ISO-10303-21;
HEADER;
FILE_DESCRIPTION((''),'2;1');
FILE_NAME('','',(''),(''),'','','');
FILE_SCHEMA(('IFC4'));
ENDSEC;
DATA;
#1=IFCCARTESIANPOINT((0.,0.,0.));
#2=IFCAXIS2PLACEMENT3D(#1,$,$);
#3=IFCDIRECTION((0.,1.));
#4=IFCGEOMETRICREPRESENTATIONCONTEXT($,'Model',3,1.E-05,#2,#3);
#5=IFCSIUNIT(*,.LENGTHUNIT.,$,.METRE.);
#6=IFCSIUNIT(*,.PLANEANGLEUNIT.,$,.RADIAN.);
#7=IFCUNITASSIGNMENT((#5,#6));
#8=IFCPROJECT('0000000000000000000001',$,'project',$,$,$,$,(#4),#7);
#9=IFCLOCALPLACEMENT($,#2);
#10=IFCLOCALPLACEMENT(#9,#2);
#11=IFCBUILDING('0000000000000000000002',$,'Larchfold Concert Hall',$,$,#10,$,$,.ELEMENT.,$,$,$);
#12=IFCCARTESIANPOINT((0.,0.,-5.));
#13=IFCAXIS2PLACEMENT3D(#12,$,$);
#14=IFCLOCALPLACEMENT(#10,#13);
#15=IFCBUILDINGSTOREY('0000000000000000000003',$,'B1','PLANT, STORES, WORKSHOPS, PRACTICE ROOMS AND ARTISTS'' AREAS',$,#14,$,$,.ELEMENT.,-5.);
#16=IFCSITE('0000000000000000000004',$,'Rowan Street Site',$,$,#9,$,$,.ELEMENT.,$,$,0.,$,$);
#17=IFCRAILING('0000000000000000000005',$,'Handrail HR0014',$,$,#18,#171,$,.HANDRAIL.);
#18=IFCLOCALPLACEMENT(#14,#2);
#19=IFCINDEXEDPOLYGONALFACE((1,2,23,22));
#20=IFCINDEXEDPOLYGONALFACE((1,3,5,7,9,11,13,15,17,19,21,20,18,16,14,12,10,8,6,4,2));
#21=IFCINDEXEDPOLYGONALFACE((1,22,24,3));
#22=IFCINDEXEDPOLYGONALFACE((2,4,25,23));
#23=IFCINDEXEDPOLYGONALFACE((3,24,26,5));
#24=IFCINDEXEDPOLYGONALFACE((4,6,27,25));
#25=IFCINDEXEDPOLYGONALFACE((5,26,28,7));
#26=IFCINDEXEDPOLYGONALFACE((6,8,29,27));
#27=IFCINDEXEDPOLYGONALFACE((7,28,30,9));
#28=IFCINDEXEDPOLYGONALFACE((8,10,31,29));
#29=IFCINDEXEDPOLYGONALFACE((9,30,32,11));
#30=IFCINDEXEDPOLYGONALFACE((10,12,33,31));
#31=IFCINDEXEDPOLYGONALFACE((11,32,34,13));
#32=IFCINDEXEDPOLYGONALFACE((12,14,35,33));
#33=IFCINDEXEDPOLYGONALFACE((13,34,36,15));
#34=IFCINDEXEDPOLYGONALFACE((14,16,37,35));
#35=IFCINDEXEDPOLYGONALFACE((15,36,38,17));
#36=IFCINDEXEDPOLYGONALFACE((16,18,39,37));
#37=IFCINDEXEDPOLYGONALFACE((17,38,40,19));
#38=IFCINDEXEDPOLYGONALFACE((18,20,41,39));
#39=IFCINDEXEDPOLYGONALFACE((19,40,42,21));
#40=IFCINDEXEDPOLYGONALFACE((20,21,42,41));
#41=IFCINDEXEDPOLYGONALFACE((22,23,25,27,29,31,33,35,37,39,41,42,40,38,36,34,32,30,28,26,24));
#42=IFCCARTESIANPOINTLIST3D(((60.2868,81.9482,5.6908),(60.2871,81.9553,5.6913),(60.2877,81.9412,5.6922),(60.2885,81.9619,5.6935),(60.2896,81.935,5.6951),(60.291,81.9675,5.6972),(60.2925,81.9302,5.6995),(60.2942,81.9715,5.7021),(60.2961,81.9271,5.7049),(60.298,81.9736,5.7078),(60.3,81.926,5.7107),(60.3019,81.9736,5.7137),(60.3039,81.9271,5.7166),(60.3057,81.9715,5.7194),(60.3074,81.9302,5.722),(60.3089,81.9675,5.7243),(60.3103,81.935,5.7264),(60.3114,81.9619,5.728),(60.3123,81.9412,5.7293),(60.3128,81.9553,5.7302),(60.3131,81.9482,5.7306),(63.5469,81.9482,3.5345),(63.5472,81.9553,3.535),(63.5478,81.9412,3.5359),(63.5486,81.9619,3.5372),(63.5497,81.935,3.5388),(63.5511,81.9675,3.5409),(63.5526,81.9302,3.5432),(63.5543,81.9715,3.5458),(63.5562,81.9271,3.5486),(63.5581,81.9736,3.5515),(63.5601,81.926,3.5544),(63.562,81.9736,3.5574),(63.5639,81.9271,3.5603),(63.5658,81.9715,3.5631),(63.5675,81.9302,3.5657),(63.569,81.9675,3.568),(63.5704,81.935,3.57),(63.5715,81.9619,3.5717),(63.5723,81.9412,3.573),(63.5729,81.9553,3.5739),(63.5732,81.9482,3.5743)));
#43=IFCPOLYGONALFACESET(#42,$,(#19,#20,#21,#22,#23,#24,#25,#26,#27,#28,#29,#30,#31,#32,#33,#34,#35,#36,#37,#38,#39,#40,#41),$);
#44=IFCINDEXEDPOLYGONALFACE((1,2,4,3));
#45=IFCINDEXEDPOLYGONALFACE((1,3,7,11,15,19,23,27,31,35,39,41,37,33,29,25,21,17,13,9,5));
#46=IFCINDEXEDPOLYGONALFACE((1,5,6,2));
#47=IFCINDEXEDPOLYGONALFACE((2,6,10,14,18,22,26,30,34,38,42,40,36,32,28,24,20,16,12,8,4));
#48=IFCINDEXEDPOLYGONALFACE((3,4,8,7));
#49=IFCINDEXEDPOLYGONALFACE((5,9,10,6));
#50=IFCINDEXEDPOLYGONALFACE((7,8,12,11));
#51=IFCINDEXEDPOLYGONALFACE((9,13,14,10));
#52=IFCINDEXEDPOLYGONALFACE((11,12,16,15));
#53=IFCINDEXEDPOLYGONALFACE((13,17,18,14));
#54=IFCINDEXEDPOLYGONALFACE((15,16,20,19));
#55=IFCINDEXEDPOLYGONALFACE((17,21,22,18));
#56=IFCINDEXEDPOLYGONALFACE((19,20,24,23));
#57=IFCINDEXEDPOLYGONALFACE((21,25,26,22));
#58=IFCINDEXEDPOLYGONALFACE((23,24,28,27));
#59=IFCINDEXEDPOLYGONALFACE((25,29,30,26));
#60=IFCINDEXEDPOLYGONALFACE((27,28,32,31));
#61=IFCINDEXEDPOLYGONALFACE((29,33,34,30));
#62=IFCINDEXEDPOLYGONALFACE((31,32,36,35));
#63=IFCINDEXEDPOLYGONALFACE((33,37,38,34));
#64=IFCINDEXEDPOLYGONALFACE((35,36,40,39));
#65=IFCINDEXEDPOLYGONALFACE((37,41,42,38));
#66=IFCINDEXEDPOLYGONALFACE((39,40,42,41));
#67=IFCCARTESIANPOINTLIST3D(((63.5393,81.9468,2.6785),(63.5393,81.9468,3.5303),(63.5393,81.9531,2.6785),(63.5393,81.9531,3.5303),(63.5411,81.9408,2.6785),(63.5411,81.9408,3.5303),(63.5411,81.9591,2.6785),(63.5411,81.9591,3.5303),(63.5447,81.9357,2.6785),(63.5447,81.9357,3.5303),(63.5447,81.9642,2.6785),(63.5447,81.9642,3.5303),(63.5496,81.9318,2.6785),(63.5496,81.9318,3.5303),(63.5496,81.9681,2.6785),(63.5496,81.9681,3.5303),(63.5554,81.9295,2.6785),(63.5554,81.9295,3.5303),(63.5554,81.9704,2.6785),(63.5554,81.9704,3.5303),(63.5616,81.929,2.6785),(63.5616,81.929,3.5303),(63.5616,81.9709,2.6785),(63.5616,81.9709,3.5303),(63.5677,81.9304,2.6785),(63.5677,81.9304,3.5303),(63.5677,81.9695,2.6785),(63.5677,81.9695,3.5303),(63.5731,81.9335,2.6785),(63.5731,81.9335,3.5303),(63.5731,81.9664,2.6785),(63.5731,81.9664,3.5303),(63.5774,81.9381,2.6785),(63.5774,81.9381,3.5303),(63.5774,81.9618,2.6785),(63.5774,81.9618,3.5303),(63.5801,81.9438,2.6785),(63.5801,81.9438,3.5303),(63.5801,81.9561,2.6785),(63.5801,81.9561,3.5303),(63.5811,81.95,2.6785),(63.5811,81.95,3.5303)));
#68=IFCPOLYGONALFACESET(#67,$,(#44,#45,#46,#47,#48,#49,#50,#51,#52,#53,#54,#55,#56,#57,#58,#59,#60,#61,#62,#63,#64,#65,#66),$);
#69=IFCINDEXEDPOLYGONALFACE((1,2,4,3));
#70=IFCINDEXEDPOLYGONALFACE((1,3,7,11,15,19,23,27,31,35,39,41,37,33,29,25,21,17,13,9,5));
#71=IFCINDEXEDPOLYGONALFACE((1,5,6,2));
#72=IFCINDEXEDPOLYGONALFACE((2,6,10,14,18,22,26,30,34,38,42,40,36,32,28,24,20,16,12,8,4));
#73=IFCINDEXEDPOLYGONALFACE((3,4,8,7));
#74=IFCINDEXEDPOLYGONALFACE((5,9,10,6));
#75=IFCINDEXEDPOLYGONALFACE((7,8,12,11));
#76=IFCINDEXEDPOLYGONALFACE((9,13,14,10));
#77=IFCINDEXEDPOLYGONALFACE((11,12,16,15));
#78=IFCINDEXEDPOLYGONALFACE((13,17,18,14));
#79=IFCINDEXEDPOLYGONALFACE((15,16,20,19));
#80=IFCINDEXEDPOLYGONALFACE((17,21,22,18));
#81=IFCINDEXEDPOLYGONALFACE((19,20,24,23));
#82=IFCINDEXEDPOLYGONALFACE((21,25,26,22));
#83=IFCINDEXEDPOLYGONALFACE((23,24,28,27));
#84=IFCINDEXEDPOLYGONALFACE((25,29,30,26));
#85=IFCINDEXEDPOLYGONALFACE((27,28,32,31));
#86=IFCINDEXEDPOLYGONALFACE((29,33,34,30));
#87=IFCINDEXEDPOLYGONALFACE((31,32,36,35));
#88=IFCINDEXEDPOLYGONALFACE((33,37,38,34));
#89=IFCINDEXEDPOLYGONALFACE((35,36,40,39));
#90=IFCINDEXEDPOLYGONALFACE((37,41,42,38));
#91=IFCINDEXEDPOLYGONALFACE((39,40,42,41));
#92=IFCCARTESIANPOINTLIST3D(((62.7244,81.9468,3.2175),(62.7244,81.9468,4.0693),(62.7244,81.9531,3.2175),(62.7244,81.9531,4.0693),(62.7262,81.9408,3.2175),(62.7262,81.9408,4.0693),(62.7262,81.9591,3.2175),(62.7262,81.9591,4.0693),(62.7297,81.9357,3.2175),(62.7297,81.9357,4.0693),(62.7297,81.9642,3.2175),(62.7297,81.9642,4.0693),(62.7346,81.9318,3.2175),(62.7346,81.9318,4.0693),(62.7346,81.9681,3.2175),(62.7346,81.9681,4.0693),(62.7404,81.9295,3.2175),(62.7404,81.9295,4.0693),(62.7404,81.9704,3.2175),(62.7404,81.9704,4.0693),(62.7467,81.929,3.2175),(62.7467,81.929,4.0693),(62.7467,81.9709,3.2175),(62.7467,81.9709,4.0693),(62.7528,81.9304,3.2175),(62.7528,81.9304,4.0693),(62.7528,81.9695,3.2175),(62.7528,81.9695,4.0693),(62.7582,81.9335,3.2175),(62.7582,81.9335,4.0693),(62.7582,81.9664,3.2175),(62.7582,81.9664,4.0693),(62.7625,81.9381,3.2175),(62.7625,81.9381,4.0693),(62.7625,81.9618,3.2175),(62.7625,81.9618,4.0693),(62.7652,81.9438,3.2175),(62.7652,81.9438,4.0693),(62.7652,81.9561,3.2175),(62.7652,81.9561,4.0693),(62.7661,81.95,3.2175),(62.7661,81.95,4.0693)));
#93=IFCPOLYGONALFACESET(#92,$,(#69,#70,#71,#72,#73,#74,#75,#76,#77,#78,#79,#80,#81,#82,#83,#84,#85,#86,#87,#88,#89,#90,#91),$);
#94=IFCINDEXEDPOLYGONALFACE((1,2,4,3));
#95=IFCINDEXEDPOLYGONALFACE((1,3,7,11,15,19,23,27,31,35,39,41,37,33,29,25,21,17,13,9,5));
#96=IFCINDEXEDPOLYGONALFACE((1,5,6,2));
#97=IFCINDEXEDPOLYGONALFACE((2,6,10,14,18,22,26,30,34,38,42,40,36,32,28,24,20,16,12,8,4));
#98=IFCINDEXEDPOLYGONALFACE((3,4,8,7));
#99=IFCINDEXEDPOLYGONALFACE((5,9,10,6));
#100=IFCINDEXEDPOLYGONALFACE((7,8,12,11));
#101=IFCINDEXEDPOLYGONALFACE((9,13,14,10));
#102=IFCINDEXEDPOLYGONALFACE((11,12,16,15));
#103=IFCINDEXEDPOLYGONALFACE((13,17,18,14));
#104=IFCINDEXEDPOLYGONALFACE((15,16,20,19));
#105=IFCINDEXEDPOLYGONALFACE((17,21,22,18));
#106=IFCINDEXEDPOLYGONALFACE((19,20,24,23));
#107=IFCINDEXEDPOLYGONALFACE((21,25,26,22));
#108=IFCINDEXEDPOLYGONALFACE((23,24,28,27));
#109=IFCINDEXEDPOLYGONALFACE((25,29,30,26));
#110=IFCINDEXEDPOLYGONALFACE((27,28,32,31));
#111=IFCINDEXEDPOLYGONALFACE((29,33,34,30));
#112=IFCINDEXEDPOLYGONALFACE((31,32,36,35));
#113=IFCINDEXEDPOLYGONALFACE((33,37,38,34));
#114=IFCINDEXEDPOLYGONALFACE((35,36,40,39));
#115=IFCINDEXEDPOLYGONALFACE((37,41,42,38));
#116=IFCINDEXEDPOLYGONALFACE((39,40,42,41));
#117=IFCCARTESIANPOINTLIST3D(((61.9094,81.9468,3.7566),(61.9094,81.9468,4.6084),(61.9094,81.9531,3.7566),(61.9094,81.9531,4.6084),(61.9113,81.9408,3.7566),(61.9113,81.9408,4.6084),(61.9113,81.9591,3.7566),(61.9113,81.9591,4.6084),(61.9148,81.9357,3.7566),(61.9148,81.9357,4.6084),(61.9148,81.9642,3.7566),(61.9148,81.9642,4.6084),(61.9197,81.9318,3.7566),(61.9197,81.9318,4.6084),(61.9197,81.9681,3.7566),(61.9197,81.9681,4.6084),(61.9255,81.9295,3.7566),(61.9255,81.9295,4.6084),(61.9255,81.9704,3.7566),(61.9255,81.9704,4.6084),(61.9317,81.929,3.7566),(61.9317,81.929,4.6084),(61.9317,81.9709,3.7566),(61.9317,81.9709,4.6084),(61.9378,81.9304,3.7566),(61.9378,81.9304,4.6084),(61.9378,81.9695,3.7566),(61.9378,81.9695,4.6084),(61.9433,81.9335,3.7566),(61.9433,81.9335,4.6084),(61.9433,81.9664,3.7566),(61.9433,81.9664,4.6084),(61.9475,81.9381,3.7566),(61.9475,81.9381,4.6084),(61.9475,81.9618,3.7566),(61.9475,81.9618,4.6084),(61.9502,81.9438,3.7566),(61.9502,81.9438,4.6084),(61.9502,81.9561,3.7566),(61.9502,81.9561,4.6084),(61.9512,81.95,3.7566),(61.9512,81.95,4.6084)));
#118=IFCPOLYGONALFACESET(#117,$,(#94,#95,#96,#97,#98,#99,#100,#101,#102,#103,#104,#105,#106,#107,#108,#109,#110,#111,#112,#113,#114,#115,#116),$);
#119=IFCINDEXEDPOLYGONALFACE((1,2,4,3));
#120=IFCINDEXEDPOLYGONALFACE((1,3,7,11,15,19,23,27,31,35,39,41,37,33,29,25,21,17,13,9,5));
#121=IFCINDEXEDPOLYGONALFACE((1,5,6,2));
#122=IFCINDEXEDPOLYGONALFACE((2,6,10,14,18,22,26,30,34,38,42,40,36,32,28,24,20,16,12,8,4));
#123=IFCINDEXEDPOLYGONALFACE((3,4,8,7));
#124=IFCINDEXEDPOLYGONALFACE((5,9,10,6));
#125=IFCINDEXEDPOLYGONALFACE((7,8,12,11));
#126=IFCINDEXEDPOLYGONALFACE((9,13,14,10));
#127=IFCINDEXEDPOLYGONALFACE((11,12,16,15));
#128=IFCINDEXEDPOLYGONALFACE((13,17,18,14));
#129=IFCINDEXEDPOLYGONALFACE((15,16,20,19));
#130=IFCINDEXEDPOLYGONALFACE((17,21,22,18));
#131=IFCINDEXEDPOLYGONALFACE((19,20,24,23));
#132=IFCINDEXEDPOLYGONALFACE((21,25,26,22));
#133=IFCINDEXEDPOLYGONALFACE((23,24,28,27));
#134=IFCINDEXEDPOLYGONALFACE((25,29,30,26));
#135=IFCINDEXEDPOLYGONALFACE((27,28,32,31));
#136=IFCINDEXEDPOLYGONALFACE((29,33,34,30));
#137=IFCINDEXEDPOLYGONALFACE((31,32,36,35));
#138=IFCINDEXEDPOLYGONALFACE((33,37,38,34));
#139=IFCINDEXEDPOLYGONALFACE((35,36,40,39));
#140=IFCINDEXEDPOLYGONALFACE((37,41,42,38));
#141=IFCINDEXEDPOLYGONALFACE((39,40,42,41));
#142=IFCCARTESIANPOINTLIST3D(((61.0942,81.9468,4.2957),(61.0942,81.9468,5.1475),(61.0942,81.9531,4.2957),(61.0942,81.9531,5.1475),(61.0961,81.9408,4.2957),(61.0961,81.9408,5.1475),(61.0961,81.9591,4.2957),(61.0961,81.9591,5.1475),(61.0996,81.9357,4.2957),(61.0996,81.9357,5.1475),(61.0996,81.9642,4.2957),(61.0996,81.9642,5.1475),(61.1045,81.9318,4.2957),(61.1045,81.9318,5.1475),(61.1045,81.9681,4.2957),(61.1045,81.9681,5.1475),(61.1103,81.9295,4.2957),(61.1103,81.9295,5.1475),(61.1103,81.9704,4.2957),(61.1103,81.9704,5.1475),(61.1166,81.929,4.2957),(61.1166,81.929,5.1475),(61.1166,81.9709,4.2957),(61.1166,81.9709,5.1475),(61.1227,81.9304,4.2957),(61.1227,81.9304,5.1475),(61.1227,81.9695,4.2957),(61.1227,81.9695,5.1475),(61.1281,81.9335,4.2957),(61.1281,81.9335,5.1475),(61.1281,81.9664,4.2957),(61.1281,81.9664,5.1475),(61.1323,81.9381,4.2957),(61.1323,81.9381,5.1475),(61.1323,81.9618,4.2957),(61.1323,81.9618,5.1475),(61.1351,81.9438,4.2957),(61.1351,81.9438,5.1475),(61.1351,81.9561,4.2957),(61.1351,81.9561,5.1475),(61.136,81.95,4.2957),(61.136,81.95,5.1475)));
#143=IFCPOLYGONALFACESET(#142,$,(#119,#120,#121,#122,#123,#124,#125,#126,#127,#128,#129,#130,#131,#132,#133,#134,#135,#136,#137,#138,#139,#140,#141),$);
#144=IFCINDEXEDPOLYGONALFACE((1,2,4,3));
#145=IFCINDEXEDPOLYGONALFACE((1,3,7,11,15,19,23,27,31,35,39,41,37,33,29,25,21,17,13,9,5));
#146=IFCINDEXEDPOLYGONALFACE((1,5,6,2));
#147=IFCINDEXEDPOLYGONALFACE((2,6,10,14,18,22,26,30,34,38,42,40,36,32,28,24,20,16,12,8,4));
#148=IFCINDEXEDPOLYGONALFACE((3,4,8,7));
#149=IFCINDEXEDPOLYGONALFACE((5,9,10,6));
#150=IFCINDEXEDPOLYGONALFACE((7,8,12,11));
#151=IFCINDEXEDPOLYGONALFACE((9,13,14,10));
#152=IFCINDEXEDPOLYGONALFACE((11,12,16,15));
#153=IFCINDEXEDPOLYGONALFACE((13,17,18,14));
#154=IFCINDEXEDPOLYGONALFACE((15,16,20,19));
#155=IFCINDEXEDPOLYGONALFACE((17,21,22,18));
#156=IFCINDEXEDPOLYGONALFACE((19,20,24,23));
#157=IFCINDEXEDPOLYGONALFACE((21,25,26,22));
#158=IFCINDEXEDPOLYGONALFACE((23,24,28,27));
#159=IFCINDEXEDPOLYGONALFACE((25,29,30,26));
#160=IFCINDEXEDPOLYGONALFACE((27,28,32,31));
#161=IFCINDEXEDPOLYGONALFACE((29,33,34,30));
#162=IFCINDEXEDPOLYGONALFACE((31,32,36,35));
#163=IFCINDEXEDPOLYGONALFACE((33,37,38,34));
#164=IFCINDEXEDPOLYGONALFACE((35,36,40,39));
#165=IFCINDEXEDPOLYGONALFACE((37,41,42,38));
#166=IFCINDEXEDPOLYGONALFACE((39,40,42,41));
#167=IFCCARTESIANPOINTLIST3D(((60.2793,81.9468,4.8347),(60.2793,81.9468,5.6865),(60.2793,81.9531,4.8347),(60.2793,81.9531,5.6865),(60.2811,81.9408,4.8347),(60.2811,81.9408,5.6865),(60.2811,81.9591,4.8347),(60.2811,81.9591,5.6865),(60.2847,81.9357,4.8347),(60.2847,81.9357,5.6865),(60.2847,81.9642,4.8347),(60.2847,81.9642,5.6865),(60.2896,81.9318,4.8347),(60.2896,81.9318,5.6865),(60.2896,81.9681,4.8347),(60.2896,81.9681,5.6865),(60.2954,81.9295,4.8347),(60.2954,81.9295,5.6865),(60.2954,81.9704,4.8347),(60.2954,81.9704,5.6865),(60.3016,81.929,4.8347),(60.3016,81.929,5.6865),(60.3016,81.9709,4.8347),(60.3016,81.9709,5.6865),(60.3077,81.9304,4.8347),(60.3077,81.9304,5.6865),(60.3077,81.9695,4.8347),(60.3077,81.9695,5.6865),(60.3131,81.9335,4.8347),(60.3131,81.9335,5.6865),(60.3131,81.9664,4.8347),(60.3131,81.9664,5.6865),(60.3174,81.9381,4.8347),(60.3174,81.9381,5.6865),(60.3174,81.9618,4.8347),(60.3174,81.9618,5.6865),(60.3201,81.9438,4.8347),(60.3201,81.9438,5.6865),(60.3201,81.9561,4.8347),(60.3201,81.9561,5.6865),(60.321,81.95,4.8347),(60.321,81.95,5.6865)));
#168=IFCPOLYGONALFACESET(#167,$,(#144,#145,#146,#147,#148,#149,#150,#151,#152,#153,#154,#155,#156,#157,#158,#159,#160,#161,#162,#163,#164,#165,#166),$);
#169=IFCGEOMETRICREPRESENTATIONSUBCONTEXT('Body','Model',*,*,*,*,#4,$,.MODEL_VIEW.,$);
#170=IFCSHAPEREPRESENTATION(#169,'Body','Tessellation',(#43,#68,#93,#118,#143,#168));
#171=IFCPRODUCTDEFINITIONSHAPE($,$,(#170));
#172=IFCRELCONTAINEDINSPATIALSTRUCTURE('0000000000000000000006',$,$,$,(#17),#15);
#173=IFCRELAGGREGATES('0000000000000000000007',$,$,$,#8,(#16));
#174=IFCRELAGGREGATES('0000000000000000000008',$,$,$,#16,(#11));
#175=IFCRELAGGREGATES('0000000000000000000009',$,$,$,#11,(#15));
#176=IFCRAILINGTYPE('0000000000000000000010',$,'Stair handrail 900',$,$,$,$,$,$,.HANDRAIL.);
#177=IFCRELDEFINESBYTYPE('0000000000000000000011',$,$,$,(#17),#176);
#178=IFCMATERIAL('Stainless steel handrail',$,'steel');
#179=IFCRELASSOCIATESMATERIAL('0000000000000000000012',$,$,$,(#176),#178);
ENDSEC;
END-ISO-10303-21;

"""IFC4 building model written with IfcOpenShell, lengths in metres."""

from ifc_helpers import new_model, si_unit, direction, frame, origin, origin_2d, place, context, subcontext, project, spatial, circle, extrude, material, type_object, element, save


model = new_model("IFC4")

# Units and contexts
model_context = context("Model", 3, precision=1e-05, world=origin(), true_north=direction((0.0, 1.0)))
body_context = subcontext(model_context, "Body", "Model", "MODEL_VIEW")
ifc_project = project(units=[si_unit("LENGTHUNIT", "METRE"), si_unit("PLANEANGLEUNIT", "RADIAN")], contexts=[model_context])

# Site, building, storey
site_placement = place(None, origin())
site = spatial("IfcSite", under=ifc_project, at=site_placement, Name="Rowan Street Site", CompositionType="ELEMENT", RefElevation=0.0)
building_placement = place(site_placement, origin())
building = spatial("IfcBuilding", under=site, at=building_placement, Name="Larchfold Concert Hall", CompositionType="ELEMENT")
storey_placement = place(building_placement, frame((0.0, 0.0, -5.0)))
storey = spatial("IfcBuildingStorey", under=building, at=storey_placement, Name="B1", Description="PLANT, STORES, WORKSHOPS, PRACTICE ROOMS AND ARTISTS' AREAS", CompositionType="ELEMENT", Elevation=-5.0)

# Railing
ifc_material_1 = material(Name="Stainless steel handrail", Category="steel")
railing_type_1 = type_object("IfcRailingType", Name="Stair handrail 900", PredefinedType="HANDRAIL", material=ifc_material_1)
railing_1_placement = place(storey_placement, frame((63.5601, 81.95, 2.6785)))
element("IfcRailing", 1, at=railing_1_placement, inside=storey, type_object=railing_type_1, Name="Handrail HR0014", PredefinedType="HANDRAIL", context=body_context, shape_type="SweptSolid", body=[
    extrude(circle(Radius=0.0239, at=origin_2d()), frame((0.0, 0.0, 0.876), z_axis=(-0.834063, 0.0, 0.551669), x_axis=(0.0, -1.0, 0.0)), (0.0, 0.0, 1.0), 3.9087),
    extrude(circle(Radius=0.021, at=origin_2d()), origin(), (0.0, 0.0, 1.0), 0.8518),
    extrude(circle(Radius=0.021, at=origin_2d()), frame((-0.8149, 0.0, 0.5391)), (0.0, 0.0, 1.0), 0.8518),
    extrude(circle(Radius=0.021, at=origin_2d()), frame((-1.6299, 0.0, 1.0781)), (0.0, 0.0, 1.0), 0.8518),
    extrude(circle(Radius=0.021, at=origin_2d()), frame((-2.4451, 0.0, 1.6172)), (0.0, 0.0, 1.0), 0.8518),
    extrude(circle(Radius=0.021, at=origin_2d()), frame((-3.26, 0.0, 2.1562)), (0.0, 0.0, 1.0), 0.8518),
])

save(model, "model.ifc")
